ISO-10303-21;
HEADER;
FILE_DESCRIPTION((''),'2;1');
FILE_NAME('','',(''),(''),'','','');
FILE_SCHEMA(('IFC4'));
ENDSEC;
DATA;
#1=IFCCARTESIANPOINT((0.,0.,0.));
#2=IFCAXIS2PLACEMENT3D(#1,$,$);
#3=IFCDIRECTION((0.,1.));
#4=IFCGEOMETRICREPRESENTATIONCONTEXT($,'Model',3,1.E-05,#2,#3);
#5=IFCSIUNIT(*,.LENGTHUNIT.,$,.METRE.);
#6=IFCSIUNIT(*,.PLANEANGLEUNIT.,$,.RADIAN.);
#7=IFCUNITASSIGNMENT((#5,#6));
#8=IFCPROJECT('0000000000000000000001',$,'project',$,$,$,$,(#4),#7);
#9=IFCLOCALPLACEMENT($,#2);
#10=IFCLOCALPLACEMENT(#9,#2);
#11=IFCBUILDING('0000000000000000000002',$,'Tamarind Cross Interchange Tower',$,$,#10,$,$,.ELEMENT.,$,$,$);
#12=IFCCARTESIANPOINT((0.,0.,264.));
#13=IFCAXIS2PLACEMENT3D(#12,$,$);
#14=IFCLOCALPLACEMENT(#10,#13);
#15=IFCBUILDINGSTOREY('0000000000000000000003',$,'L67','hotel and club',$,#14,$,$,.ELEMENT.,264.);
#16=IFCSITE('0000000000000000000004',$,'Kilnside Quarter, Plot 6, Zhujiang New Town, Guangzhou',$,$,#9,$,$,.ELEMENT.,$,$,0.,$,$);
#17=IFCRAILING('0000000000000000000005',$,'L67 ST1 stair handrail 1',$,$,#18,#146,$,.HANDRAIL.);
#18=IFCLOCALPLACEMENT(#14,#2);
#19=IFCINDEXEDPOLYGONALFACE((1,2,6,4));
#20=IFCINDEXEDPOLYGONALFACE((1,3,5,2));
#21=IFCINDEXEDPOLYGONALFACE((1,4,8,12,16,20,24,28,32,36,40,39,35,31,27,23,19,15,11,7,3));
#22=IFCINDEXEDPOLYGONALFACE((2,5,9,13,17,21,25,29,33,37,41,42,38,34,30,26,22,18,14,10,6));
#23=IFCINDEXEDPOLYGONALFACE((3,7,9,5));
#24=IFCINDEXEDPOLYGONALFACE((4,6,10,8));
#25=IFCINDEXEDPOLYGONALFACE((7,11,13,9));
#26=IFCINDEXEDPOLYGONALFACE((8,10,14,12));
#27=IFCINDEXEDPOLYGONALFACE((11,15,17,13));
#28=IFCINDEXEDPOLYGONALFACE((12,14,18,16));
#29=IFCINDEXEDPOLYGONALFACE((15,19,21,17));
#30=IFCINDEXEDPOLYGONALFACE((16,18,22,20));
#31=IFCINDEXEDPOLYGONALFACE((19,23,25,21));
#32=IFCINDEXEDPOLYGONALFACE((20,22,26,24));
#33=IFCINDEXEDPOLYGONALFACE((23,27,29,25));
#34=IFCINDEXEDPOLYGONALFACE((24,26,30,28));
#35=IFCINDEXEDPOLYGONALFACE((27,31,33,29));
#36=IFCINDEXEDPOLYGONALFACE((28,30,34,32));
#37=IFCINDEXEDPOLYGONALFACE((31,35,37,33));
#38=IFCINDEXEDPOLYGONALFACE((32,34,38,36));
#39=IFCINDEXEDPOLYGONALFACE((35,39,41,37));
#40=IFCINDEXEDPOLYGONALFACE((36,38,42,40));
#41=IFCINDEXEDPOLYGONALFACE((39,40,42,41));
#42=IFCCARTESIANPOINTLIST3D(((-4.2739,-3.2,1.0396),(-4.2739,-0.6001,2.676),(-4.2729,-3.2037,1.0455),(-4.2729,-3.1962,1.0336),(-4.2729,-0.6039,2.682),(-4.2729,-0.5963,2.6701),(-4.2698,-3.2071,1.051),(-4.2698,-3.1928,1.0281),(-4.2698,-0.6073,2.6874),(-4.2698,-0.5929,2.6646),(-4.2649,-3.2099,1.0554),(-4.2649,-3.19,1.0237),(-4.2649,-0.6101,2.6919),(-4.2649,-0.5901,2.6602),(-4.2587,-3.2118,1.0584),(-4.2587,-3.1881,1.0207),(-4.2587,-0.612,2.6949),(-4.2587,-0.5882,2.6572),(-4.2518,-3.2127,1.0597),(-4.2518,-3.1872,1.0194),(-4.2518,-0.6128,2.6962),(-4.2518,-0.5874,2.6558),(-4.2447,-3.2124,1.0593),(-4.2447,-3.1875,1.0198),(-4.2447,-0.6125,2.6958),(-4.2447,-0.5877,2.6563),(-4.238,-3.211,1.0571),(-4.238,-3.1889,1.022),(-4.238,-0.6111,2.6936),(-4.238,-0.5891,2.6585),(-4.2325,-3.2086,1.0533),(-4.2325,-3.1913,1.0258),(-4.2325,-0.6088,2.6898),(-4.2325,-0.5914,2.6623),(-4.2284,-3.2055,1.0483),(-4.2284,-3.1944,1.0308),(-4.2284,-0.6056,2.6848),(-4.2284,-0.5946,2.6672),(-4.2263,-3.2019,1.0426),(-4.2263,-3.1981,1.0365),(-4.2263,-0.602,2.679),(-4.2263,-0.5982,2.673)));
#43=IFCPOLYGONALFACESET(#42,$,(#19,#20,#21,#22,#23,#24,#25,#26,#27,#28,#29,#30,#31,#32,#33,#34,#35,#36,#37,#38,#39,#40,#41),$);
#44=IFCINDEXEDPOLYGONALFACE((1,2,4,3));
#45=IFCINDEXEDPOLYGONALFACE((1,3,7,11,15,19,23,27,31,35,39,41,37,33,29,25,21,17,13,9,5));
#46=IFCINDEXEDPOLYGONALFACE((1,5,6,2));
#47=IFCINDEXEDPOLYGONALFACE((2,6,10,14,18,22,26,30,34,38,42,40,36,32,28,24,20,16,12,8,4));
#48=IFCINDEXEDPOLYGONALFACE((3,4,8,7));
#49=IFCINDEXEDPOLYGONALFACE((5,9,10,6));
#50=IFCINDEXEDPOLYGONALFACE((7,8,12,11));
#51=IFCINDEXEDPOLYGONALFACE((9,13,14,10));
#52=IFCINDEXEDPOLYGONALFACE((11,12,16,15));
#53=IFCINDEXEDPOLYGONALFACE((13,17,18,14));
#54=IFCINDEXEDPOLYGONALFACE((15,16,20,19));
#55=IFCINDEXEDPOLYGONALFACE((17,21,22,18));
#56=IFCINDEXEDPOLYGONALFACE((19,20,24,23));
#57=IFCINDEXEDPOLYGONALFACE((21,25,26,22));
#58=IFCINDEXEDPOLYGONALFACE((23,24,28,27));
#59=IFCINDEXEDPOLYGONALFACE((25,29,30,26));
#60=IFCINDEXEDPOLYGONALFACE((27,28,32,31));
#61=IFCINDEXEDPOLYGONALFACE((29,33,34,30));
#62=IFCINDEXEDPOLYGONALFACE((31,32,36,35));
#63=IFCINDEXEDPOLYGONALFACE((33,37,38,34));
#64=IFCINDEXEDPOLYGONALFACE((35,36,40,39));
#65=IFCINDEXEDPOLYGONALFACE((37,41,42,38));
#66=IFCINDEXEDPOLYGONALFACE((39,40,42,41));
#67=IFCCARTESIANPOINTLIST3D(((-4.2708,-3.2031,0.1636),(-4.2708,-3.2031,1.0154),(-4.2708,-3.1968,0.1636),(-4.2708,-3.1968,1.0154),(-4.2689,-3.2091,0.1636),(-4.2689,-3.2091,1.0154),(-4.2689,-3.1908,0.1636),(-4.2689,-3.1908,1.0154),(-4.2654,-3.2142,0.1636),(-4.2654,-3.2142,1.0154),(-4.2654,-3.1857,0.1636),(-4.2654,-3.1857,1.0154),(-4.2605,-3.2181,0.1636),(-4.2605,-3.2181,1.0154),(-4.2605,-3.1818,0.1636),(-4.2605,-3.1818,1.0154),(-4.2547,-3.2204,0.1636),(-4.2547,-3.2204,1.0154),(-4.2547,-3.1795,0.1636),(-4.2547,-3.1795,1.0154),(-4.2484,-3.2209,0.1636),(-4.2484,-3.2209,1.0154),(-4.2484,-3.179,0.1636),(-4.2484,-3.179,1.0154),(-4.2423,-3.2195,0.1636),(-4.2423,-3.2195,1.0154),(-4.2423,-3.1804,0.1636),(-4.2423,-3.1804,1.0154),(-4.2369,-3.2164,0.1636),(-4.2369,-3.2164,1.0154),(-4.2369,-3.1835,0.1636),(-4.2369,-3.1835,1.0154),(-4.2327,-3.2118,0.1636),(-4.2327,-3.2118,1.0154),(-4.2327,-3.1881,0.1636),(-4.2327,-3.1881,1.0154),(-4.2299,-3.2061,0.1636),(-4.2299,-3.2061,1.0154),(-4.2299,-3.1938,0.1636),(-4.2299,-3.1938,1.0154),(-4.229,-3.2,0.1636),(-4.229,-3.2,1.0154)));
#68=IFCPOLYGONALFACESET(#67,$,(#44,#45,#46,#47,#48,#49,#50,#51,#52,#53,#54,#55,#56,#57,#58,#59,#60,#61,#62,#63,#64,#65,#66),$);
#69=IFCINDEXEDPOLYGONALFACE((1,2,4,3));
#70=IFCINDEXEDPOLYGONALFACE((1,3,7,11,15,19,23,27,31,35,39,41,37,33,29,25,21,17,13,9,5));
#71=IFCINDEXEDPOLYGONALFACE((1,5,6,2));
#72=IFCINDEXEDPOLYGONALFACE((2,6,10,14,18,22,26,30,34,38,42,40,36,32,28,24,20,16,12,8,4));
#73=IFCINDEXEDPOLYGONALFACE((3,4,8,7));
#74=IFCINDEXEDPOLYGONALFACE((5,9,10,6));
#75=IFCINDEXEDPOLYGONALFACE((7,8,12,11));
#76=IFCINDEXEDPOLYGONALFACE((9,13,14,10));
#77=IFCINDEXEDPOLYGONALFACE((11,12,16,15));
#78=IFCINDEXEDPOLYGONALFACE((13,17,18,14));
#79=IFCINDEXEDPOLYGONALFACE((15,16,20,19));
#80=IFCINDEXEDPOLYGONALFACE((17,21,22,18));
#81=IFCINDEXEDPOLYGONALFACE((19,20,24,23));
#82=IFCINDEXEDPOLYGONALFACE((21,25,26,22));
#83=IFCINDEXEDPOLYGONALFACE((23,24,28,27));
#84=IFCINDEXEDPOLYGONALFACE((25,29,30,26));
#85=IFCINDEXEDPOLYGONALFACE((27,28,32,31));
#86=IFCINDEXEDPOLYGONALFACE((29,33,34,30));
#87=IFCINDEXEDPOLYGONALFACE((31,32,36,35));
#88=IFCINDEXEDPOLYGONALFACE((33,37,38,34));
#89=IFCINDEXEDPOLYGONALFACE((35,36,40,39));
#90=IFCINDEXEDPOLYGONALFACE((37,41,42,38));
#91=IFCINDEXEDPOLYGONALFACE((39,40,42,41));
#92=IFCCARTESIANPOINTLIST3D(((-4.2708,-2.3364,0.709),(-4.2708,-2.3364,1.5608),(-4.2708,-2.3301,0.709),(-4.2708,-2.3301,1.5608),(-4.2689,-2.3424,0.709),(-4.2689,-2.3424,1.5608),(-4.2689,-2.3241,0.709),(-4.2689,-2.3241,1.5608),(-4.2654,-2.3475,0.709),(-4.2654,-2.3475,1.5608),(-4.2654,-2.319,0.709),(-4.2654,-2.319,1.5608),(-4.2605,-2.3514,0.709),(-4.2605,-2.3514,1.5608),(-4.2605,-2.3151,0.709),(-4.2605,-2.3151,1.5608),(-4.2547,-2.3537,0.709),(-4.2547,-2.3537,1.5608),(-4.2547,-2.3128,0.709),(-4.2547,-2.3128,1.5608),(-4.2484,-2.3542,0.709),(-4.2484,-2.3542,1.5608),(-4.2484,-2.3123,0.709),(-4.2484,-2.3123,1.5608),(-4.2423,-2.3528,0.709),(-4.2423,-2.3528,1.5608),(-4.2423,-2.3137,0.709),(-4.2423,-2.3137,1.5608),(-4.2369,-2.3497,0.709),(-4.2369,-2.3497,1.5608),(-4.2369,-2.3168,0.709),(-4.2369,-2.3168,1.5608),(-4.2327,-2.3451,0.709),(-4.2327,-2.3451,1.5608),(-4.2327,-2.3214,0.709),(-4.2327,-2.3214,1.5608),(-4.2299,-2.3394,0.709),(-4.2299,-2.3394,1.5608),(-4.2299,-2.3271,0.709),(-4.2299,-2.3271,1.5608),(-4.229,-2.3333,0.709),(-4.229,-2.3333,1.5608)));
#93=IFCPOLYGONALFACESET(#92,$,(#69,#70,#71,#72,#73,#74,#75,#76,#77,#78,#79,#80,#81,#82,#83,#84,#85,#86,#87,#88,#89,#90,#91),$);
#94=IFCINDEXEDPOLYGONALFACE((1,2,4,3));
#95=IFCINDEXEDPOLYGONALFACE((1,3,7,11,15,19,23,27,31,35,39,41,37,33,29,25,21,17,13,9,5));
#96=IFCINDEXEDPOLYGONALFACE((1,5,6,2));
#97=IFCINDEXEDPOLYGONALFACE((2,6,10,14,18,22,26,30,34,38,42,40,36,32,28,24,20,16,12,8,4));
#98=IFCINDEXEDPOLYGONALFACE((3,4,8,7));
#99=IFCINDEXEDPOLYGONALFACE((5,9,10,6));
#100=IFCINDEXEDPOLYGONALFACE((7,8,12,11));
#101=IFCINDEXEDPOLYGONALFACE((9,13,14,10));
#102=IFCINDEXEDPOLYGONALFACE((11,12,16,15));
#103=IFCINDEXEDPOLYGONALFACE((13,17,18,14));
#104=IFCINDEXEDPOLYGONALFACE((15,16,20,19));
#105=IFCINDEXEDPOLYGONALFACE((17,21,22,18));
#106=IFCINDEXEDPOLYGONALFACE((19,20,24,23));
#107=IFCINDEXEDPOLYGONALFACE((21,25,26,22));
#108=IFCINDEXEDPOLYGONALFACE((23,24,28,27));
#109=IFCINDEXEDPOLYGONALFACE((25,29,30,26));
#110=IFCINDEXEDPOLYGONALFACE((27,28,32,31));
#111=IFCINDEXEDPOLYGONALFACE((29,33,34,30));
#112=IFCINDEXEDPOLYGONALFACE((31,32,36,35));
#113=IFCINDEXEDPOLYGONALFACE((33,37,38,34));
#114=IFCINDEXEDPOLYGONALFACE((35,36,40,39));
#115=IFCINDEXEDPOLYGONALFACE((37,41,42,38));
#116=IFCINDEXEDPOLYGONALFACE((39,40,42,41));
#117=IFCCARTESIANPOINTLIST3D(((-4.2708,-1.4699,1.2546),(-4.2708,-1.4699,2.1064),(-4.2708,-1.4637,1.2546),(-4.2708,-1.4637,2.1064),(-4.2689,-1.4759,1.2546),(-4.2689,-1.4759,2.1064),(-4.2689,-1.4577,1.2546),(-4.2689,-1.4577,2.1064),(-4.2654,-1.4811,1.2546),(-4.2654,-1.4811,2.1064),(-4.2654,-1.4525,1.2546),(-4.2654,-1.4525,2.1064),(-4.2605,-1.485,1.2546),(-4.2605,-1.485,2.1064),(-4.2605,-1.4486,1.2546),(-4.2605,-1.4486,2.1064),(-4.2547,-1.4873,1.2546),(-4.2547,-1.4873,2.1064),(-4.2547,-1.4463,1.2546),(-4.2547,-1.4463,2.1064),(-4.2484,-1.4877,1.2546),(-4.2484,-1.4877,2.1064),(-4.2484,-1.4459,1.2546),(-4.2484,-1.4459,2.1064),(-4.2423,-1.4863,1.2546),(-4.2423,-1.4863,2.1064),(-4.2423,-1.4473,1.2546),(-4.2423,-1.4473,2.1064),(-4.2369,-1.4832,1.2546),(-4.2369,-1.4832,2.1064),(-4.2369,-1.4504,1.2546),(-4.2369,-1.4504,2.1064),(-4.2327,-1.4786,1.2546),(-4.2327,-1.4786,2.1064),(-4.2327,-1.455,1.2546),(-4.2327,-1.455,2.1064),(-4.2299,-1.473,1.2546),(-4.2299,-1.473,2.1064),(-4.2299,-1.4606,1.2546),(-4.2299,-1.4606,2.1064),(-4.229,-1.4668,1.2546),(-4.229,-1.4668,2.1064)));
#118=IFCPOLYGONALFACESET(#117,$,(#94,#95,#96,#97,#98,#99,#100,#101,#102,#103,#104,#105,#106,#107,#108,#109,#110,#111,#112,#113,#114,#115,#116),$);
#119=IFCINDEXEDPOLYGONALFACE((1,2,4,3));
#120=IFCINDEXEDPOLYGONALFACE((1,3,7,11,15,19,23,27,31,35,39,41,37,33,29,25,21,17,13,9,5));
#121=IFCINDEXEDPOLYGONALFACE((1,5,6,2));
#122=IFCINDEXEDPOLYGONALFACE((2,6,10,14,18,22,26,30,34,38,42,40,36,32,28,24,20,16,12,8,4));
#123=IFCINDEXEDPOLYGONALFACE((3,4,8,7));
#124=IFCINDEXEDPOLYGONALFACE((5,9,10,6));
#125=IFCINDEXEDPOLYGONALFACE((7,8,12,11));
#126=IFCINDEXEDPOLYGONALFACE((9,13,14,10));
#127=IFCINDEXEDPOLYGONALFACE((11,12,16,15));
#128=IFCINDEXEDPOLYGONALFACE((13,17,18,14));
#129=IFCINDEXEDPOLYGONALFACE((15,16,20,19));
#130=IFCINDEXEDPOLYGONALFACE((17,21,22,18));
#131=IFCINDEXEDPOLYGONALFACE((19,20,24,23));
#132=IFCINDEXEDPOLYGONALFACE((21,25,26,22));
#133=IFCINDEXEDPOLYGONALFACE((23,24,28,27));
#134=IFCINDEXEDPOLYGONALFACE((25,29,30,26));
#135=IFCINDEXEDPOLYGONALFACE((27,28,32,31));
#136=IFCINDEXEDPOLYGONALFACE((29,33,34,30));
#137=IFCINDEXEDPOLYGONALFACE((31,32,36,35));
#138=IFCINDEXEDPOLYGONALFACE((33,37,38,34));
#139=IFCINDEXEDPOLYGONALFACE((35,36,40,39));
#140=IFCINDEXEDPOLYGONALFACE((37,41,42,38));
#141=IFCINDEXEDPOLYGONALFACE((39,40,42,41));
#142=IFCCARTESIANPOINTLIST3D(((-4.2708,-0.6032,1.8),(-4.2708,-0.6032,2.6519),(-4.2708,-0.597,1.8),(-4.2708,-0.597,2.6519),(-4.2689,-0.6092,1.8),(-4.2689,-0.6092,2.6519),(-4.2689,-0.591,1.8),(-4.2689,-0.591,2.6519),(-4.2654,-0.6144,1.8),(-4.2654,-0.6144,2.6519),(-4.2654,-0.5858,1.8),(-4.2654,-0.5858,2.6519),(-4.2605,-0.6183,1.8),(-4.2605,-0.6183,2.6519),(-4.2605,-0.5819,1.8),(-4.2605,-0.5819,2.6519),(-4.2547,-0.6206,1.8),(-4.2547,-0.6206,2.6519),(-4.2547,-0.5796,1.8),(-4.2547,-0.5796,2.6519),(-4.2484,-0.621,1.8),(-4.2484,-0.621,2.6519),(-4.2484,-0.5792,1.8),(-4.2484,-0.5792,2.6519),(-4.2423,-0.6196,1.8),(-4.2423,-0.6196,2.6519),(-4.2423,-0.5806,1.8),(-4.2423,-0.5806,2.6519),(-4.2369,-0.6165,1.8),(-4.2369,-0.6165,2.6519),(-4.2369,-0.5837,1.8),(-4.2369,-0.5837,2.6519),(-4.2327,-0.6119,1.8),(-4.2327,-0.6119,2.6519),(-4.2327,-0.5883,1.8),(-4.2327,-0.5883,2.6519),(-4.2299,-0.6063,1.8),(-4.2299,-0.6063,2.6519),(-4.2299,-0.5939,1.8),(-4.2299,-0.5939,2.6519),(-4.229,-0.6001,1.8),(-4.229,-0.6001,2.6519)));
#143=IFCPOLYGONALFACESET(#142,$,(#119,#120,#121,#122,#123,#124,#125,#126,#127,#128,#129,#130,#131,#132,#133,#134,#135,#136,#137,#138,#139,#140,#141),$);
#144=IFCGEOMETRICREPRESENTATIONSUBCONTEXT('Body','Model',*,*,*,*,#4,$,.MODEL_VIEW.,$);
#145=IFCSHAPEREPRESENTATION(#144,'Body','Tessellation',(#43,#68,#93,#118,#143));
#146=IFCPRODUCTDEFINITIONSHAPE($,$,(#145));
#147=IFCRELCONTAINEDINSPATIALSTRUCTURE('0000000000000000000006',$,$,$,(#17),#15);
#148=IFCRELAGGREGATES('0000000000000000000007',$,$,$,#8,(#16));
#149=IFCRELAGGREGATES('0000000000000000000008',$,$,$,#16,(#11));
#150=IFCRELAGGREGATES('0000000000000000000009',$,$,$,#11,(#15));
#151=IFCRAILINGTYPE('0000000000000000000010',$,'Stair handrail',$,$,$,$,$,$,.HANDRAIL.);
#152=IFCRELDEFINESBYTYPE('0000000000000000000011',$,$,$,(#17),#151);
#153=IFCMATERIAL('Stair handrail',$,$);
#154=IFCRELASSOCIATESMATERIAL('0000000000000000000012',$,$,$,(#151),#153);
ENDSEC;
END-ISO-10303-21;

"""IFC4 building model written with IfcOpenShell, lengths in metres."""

from ifc_helpers import new_model, si_unit, direction, frame, origin, origin_2d, place, context, subcontext, project, spatial, circle, extrude, material, type_object, element, save


model = new_model("IFC4")

# Units and contexts
model_context = context("Model", 3, precision=1e-05, world=origin(), true_north=direction((0.0, 1.0)))
body_context = subcontext(model_context, "Body", "Model", "MODEL_VIEW")
ifc_project = project(units=[si_unit("LENGTHUNIT", "METRE"), si_unit("PLANEANGLEUNIT", "RADIAN")], contexts=[model_context])

# Site, building, storey
site_placement = place(None, origin())
site = spatial("IfcSite", under=ifc_project, at=site_placement, Name="Kilnside Quarter, Plot 6, Zhujiang New Town, Guangzhou", CompositionType="ELEMENT", RefElevation=0.0)
building_placement = place(site_placement, origin())
building = spatial("IfcBuilding", under=site, at=building_placement, Name="Tamarind Cross Interchange Tower", CompositionType="ELEMENT")
storey_placement = place(building_placement, frame((0.0, 0.0, 264.0)))
storey = spatial("IfcBuildingStorey", under=building, at=storey_placement, Name="L67", Description="hotel and club", CompositionType="ELEMENT", Elevation=264.0)

# Railing
ifc_material_1 = material(Name="Stair handrail")
railing_type_1 = type_object("IfcRailingType", Name="Stair handrail", PredefinedType="HANDRAIL", material=ifc_material_1)
railing_1_placement = place(storey_placement, frame((-4.25, -3.2, 0.1636)))
element("IfcRailing", 1, at=railing_1_placement, inside=storey, type_object=railing_type_1, Name="L67 ST1 stair handrail 1", PredefinedType="HANDRAIL", context=body_context, shape_type="SweptSolid", body=[
    extrude(circle(Radius=0.0239, at=origin_2d()), frame((0.0, 0.0, 0.876), z_axis=(0.0, 0.846302, 0.532704), x_axis=(-1.0, 0.0, 0.0)), (0.0, 0.0, 1.0), 3.072),
    extrude(circle(Radius=0.021, at=origin_2d()), origin(), (0.0, 0.0, 1.0), 0.8518),
    extrude(circle(Radius=0.021, at=origin_2d()), frame((0.0, 0.8667, 0.5454)), (0.0, 0.0, 1.0), 0.8518),
    extrude(circle(Radius=0.021, at=origin_2d()), frame((0.0, 1.7332, 1.0911)), (0.0, 0.0, 1.0), 0.8518),
    extrude(circle(Radius=0.021, at=origin_2d()), frame((0.0, 2.5999, 1.6365)), (0.0, 0.0, 1.0), 0.8518),
])

save(model, "model.ifc")
